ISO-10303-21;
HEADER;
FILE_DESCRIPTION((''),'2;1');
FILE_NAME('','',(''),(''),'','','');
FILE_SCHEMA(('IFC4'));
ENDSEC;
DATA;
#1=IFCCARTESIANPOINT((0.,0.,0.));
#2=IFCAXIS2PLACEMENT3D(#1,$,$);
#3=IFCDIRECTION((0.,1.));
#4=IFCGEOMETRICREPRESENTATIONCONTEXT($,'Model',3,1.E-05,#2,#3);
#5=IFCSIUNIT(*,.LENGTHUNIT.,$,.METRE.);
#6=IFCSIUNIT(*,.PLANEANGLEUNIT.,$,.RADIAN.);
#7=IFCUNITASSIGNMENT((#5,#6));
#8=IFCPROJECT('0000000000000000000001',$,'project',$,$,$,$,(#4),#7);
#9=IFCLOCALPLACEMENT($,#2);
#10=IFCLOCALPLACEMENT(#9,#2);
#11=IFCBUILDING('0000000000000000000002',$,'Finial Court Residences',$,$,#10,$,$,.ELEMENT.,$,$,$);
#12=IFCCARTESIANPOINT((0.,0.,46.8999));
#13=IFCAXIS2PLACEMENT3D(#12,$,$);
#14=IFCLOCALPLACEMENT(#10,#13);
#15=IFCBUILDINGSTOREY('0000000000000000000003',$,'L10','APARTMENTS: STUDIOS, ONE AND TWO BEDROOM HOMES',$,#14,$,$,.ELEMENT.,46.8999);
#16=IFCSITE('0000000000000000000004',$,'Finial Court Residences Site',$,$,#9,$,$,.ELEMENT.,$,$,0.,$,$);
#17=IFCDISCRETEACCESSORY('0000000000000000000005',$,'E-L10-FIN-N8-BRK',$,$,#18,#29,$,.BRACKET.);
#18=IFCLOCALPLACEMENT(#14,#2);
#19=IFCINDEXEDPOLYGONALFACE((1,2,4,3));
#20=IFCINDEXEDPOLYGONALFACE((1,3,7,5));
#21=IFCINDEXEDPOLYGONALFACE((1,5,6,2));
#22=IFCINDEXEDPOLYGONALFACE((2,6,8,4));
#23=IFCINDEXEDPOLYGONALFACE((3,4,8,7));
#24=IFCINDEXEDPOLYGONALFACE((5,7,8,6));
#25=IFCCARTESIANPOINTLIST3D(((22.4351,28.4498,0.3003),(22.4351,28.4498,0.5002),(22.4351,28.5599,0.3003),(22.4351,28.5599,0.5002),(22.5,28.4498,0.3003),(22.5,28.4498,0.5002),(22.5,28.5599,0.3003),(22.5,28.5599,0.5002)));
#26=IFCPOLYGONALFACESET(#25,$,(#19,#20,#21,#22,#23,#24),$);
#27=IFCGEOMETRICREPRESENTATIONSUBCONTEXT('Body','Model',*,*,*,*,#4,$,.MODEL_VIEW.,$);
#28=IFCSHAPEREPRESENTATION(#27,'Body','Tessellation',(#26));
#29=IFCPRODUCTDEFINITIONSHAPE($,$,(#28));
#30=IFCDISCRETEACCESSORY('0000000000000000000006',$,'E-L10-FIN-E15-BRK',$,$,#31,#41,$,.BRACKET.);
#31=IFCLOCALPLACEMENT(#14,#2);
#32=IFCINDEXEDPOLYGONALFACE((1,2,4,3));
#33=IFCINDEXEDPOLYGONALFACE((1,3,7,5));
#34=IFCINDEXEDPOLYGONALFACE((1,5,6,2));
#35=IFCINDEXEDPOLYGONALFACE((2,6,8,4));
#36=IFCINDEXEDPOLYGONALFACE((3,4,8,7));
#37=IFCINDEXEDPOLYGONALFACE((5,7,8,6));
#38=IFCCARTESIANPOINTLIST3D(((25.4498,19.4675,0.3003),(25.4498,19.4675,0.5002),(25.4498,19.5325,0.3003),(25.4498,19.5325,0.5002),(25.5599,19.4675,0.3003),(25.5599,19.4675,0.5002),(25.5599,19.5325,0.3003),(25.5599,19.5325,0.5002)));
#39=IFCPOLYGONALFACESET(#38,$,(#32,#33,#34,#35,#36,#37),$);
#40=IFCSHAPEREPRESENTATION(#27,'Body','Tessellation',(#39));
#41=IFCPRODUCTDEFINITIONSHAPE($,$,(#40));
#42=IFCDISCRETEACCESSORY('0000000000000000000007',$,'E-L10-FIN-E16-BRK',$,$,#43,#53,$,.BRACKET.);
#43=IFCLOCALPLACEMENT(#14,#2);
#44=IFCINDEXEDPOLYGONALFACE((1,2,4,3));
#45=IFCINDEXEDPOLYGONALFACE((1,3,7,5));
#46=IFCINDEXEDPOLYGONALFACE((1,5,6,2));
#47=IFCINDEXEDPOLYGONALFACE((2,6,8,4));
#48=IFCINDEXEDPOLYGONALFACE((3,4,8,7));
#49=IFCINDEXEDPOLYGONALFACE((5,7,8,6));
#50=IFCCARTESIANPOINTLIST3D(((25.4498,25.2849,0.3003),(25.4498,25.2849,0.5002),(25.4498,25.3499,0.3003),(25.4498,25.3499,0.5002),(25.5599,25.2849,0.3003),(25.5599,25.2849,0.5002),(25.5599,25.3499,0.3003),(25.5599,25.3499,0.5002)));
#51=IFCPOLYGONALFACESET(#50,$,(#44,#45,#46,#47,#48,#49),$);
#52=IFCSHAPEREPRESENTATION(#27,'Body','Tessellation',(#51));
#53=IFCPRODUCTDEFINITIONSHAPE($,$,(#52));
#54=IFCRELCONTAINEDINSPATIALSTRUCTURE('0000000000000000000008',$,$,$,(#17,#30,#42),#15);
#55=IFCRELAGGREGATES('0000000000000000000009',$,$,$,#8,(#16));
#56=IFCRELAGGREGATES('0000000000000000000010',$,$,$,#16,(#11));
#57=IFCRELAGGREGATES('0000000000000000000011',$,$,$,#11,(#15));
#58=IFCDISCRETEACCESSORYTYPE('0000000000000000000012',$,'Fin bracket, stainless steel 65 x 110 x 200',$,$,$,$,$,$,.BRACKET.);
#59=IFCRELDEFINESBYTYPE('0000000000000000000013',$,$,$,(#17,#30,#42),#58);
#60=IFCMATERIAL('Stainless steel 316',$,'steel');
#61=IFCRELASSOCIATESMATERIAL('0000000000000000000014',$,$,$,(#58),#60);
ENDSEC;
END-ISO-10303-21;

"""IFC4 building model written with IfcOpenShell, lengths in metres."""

from ifc_helpers import new_model, si_unit, direction, frame, origin, origin_2d, place, context, subcontext, project, spatial, rectangle, extrude, material, type_object, element, save


model = new_model("IFC4")

# Units and contexts
model_context = context("Model", 3, precision=1e-05, world=origin(), true_north=direction((0.0, 1.0)))
body_context = subcontext(model_context, "Body", "Model", "MODEL_VIEW")
ifc_project = project(units=[si_unit("LENGTHUNIT", "METRE"), si_unit("PLANEANGLEUNIT", "RADIAN")], contexts=[model_context])

# Site, building, storey
site_placement = place(None, origin())
site = spatial("IfcSite", under=ifc_project, at=site_placement, Name="Finial Court Residences Site", CompositionType="ELEMENT", RefElevation=0.0)
building_placement = place(site_placement, origin())
building = spatial("IfcBuilding", under=site, at=building_placement, Name="Finial Court Residences", CompositionType="ELEMENT")
storey_placement = place(building_placement, frame((0.0, 0.0, 46.8999)))
storey = spatial("IfcBuildingStorey", under=building, at=storey_placement, Name="L10", Description="APARTMENTS: STUDIOS, ONE AND TWO BEDROOM HOMES", CompositionType="ELEMENT", Elevation=46.8999)

# Discrete accessories
ifc_material_1 = material(Name="Stainless steel 316", Category="steel")
discrete_accessory_type = type_object("IfcDiscreteAccessoryType", Name="Fin bracket, stainless steel 65 x 110 x 200", PredefinedType="BRACKET", material=ifc_material_1)
for number, where, z_axis, x_axis, name in (
    (1, (22.4675, 28.5049, 0.3003), (0.0, 0.0, 1.0), (1.0, 0.0, 0.0), "E-L10-FIN-N8-BRK"),
):
    element("IfcDiscreteAccessory", number, at=place(storey_placement, frame(where, z_axis=z_axis, x_axis=x_axis)), inside=storey, type_object=discrete_accessory_type, Name=name, PredefinedType="BRACKET", context=body_context, shape_type="SweptSolid", body=[
        extrude(rectangle(XDim=0.0649, YDim=0.1101, at=origin_2d()), origin(), (0.0, 0.0, 1.0), 0.2),
    ])
for number, where, z_axis, x_axis, name in (
    (2, (25.5049, 19.5, 0.3003), (0.0, 0.0, 1.0), (1.0, 0.0, 0.0), "E-L10-FIN-E15-BRK"),
    (3, (25.5049, 25.3174, 0.3003), (0.0, 0.0, 1.0), (1.0, 0.0, 0.0), "E-L10-FIN-E16-BRK"),
):
    element("IfcDiscreteAccessory", number, at=place(storey_placement, frame(where, z_axis=z_axis, x_axis=x_axis)), inside=storey, type_object=discrete_accessory_type, Name=name, PredefinedType="BRACKET", context=body_context, shape_type="SweptSolid", body=[
        extrude(rectangle(XDim=0.1101, YDim=0.0649, at=origin_2d()), origin(), (0.0, 0.0, 1.0), 0.2),
    ])

save(model, "model.ifc")
